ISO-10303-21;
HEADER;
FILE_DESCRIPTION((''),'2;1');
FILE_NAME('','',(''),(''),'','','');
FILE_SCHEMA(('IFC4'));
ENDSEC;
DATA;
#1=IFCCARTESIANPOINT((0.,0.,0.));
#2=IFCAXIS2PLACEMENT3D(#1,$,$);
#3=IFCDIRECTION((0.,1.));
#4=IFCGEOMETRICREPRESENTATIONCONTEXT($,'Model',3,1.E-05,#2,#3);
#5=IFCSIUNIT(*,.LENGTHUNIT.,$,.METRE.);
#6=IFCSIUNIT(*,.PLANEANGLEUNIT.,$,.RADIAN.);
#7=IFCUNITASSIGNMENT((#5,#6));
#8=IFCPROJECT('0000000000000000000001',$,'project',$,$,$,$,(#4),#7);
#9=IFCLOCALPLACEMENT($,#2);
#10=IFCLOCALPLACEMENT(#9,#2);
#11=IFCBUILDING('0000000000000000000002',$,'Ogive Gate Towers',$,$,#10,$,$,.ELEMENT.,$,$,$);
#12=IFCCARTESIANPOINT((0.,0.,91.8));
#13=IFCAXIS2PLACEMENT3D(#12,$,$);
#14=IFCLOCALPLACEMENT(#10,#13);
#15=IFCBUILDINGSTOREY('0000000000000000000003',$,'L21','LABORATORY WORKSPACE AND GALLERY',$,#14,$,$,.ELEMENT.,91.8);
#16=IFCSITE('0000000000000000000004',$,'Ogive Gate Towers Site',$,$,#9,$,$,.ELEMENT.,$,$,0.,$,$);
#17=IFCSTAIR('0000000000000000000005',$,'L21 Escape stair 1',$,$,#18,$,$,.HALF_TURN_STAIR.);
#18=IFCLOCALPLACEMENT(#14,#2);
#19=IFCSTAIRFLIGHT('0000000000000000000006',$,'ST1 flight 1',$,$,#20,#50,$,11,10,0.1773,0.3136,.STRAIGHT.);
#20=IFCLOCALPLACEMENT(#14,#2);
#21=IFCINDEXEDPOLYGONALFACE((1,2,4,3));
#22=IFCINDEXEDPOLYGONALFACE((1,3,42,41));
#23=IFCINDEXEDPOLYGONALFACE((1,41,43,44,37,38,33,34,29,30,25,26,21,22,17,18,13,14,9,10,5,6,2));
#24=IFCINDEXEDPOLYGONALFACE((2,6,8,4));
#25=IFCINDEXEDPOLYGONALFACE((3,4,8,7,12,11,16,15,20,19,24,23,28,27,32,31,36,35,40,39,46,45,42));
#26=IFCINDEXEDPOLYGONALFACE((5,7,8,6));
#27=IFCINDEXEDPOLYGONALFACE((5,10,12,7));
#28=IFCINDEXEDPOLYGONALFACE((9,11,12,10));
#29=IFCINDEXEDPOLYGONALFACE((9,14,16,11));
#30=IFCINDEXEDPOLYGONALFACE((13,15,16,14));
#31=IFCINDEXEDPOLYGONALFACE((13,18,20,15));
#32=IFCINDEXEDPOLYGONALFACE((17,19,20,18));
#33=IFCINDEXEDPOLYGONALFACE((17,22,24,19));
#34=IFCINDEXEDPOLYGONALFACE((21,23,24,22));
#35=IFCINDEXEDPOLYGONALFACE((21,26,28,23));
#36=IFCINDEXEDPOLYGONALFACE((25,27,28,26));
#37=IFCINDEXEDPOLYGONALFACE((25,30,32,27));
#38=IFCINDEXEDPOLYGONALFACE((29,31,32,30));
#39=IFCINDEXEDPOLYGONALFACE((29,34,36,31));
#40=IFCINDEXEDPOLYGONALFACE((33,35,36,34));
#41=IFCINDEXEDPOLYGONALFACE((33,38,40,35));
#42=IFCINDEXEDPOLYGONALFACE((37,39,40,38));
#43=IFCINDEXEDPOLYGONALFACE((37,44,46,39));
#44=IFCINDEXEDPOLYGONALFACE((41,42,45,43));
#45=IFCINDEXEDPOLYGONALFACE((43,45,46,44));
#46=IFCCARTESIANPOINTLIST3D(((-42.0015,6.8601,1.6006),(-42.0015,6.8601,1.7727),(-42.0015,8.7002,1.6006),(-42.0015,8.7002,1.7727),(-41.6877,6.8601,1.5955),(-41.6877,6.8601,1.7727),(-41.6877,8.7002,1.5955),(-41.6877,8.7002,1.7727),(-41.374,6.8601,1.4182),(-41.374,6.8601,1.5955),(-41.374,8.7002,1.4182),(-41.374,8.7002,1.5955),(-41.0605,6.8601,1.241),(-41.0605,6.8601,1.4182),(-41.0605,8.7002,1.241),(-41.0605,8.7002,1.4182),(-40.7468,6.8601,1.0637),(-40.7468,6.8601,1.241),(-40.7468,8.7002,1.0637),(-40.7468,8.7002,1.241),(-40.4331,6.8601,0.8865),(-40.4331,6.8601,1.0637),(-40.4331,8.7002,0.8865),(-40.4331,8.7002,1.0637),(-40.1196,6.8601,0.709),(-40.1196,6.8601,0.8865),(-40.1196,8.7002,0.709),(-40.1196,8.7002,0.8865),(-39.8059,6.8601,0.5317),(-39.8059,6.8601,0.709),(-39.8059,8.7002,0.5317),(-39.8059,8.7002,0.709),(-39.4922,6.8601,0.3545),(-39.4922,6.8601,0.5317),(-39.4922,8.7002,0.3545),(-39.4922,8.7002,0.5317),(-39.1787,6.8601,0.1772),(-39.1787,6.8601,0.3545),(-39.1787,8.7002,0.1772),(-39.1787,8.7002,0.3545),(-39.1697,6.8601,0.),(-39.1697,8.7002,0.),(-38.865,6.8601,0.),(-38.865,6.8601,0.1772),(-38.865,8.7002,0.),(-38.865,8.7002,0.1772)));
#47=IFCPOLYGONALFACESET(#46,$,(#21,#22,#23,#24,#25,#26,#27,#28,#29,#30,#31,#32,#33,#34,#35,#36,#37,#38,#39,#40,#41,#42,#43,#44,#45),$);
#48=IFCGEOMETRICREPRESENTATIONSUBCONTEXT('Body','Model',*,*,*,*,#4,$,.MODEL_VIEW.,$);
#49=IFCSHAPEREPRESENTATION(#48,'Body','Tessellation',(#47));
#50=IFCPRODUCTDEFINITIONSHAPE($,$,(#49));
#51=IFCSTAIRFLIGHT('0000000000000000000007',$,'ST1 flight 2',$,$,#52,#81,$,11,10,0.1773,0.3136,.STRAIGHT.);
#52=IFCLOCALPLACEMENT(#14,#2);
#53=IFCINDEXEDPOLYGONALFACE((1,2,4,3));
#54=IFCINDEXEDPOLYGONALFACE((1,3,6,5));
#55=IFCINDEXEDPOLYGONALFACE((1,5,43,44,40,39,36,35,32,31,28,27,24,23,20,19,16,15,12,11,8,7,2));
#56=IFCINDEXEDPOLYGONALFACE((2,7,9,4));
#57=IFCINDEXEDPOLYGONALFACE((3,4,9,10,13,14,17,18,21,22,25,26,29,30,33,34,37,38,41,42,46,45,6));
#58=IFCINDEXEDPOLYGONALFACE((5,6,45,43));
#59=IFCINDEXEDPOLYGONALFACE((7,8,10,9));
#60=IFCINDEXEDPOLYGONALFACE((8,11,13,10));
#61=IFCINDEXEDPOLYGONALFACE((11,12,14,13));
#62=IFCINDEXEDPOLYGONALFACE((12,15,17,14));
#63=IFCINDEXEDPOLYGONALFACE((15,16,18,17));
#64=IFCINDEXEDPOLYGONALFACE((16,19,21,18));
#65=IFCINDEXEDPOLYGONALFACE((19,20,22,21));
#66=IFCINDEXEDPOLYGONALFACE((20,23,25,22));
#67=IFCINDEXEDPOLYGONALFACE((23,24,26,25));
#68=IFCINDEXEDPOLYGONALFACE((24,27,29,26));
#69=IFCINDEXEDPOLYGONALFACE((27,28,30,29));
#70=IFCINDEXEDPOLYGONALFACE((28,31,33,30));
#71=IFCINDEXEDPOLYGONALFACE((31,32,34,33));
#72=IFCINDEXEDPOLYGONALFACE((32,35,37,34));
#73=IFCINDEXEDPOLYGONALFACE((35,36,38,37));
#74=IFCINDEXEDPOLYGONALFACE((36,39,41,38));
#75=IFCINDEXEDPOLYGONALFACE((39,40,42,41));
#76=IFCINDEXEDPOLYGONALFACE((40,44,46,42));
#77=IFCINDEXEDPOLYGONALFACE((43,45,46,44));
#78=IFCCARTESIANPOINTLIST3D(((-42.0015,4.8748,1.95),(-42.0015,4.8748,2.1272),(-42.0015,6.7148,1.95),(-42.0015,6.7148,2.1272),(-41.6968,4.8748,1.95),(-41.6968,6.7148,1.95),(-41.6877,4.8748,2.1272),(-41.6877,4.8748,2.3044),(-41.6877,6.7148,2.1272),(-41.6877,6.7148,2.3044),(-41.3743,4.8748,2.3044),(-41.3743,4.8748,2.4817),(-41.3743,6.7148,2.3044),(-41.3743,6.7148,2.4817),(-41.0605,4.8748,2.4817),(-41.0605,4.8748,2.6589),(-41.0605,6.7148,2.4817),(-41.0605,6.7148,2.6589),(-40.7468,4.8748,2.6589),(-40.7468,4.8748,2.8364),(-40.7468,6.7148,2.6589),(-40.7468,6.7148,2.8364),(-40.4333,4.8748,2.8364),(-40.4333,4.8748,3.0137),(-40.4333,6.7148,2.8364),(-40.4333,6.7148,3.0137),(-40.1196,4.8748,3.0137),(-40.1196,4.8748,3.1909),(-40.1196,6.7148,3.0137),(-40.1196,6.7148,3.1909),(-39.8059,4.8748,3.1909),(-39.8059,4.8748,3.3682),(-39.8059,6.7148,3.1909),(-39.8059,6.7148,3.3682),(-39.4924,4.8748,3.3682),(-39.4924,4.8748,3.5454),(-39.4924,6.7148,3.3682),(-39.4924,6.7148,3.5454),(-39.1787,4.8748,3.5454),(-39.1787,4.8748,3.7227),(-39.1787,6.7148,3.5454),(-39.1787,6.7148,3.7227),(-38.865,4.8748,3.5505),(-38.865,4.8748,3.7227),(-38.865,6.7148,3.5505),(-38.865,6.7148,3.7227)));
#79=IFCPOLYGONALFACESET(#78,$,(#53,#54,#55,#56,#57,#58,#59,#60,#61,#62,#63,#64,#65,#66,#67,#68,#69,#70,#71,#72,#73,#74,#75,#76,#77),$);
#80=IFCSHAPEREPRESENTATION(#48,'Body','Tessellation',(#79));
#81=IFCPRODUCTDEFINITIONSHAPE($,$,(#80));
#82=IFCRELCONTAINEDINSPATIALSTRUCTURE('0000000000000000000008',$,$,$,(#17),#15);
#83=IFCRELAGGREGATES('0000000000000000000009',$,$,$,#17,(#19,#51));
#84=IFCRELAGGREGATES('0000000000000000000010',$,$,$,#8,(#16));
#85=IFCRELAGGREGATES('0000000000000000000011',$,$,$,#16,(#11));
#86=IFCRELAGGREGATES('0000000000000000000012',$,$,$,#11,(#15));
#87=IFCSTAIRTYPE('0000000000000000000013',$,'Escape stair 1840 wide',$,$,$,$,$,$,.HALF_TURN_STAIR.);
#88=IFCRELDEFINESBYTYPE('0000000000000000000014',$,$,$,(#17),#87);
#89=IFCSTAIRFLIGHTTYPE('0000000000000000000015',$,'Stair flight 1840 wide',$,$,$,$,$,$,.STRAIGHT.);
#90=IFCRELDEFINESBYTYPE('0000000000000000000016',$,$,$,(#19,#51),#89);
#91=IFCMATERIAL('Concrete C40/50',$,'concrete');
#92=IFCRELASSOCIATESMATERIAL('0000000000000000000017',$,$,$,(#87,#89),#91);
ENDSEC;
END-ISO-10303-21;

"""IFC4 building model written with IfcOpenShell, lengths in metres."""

from ifc_helpers import new_model, si_unit, direction, frame, origin, place, context, subcontext, project, spatial, polyline, outline, extrude, material, type_object, element, aggregate, save


model = new_model("IFC4")

# Units and contexts
model_context = context("Model", 3, precision=1e-05, world=origin(), true_north=direction((0.0, 1.0)))
body_context = subcontext(model_context, "Body", "Model", "MODEL_VIEW")
ifc_project = project(units=[si_unit("LENGTHUNIT", "METRE"), si_unit("PLANEANGLEUNIT", "RADIAN")], contexts=[model_context])

# Site, building, storey
site_placement = place(None, origin())
site = spatial("IfcSite", under=ifc_project, at=site_placement, Name="Ogive Gate Towers Site", CompositionType="ELEMENT", RefElevation=0.0)
building_placement = place(site_placement, origin())
building = spatial("IfcBuilding", under=site, at=building_placement, Name="Ogive Gate Towers", CompositionType="ELEMENT")
storey_placement = place(building_placement, frame((0.0, 0.0, 91.8)))
storey = spatial("IfcBuildingStorey", under=building, at=storey_placement, Name="L21", Description="LABORATORY WORKSPACE AND GALLERY", CompositionType="ELEMENT", Elevation=91.8)

# Stair, stair flights
ifc_material_1 = material(Name="Concrete C40/50", Category="concrete")
stair_type = type_object("IfcStairType", Name="Escape stair 1840 wide", PredefinedType="HALF_TURN_STAIR", material=ifc_material_1)
stair_placement = place(storey_placement, origin())
stair = element("IfcStair", 1, at=stair_placement, inside=storey, type_object=stair_type, Name="L21 Escape stair 1", PredefinedType="HALF_TURN_STAIR")
stair_flight_type = type_object("IfcStairFlightType", Name="Stair flight 1840 wide", PredefinedType="STRAIGHT", material=ifc_material_1)
stair_flight_1_placement = place(storey_placement, frame((-38.865, 7.78, 0.0), z_axis=(0.0, 0.0, 1.0), x_axis=(-1.0, 0.0, 0.0)))
stair_flight_1 = element("IfcStairFlight", 2, at=stair_flight_1_placement, type_object=stair_flight_type, Name="ST1 flight 1", NumberOfRisers=11, NumberOfTreads=10, PredefinedType="STRAIGHT", RiserHeight=0.1773, TreadLength=0.3136, context=body_context, shape_type="SweptSolid", body=[
    extrude(outline(polyline([(0.0, 0.0), (0.0, 0.1772), (0.3137, 0.1772), (0.3137, 0.3545), (0.6272, 0.3545), (0.6272, 0.5317), (0.9409, 0.5317), (0.9409, 0.709), (1.2546, 0.709), (1.2546, 0.8865), (1.5681, 0.8865), (1.5681, 1.0637), (1.8818, 1.0637), (1.8818, 1.241), (2.1956, 1.241), (2.1956, 1.4182), (2.509, 1.4182), (2.509, 1.5955), (2.8228, 1.5955), (2.8228, 1.7727), (3.1365, 1.7727), (3.1365, 1.95), (3.1365, 1.6006), (0.3047, 0.0), (0.0, 0.0)])), frame((0.0, 0.9199, 0.0), z_axis=(0.0, -1.0, 0.0), x_axis=(1.0, 0.0, 0.0)), (0.0, 0.0, 1.0), 1.8401),
])
stair_flight_2_placement = place(storey_placement, frame((-42.0015, 5.7949, 1.95), z_axis=(0.0, 0.0, 1.0), x_axis=(1.0, 0.0, 0.0)))
stair_flight_2 = element("IfcStairFlight", 3, at=stair_flight_2_placement, type_object=stair_flight_type, Name="ST1 flight 2", NumberOfRisers=11, NumberOfTreads=10, PredefinedType="STRAIGHT", RiserHeight=0.1773, TreadLength=0.3136, context=body_context, shape_type="SweptSolid", body=[
    extrude(outline(polyline([(0.0, 0.0), (0.0, 0.1772), (0.3137, 0.1772), (0.3137, 0.3545), (0.6272, 0.3545), (0.6272, 0.5317), (0.9409, 0.5317), (0.9409, 0.709), (1.2546, 0.709), (1.2546, 0.8865), (1.5681, 0.8865), (1.5681, 1.0637), (1.8818, 1.0637), (1.8818, 1.241), (2.1956, 1.241), (2.1956, 1.4182), (2.509, 1.4182), (2.509, 1.5955), (2.8228, 1.5955), (2.8228, 1.7727), (3.1365, 1.7727), (3.1365, 1.95), (3.1365, 1.6006), (0.3047, 0.0), (0.0, 0.0)])), frame((0.0, 0.9199, 0.0), z_axis=(0.0, -1.0, 0.0), x_axis=(1.0, 0.0, 0.0)), (0.0, 0.0, 1.0), 1.8401),
])
aggregate(stair, [stair_flight_1, stair_flight_2])

save(model, "model.ifc")
